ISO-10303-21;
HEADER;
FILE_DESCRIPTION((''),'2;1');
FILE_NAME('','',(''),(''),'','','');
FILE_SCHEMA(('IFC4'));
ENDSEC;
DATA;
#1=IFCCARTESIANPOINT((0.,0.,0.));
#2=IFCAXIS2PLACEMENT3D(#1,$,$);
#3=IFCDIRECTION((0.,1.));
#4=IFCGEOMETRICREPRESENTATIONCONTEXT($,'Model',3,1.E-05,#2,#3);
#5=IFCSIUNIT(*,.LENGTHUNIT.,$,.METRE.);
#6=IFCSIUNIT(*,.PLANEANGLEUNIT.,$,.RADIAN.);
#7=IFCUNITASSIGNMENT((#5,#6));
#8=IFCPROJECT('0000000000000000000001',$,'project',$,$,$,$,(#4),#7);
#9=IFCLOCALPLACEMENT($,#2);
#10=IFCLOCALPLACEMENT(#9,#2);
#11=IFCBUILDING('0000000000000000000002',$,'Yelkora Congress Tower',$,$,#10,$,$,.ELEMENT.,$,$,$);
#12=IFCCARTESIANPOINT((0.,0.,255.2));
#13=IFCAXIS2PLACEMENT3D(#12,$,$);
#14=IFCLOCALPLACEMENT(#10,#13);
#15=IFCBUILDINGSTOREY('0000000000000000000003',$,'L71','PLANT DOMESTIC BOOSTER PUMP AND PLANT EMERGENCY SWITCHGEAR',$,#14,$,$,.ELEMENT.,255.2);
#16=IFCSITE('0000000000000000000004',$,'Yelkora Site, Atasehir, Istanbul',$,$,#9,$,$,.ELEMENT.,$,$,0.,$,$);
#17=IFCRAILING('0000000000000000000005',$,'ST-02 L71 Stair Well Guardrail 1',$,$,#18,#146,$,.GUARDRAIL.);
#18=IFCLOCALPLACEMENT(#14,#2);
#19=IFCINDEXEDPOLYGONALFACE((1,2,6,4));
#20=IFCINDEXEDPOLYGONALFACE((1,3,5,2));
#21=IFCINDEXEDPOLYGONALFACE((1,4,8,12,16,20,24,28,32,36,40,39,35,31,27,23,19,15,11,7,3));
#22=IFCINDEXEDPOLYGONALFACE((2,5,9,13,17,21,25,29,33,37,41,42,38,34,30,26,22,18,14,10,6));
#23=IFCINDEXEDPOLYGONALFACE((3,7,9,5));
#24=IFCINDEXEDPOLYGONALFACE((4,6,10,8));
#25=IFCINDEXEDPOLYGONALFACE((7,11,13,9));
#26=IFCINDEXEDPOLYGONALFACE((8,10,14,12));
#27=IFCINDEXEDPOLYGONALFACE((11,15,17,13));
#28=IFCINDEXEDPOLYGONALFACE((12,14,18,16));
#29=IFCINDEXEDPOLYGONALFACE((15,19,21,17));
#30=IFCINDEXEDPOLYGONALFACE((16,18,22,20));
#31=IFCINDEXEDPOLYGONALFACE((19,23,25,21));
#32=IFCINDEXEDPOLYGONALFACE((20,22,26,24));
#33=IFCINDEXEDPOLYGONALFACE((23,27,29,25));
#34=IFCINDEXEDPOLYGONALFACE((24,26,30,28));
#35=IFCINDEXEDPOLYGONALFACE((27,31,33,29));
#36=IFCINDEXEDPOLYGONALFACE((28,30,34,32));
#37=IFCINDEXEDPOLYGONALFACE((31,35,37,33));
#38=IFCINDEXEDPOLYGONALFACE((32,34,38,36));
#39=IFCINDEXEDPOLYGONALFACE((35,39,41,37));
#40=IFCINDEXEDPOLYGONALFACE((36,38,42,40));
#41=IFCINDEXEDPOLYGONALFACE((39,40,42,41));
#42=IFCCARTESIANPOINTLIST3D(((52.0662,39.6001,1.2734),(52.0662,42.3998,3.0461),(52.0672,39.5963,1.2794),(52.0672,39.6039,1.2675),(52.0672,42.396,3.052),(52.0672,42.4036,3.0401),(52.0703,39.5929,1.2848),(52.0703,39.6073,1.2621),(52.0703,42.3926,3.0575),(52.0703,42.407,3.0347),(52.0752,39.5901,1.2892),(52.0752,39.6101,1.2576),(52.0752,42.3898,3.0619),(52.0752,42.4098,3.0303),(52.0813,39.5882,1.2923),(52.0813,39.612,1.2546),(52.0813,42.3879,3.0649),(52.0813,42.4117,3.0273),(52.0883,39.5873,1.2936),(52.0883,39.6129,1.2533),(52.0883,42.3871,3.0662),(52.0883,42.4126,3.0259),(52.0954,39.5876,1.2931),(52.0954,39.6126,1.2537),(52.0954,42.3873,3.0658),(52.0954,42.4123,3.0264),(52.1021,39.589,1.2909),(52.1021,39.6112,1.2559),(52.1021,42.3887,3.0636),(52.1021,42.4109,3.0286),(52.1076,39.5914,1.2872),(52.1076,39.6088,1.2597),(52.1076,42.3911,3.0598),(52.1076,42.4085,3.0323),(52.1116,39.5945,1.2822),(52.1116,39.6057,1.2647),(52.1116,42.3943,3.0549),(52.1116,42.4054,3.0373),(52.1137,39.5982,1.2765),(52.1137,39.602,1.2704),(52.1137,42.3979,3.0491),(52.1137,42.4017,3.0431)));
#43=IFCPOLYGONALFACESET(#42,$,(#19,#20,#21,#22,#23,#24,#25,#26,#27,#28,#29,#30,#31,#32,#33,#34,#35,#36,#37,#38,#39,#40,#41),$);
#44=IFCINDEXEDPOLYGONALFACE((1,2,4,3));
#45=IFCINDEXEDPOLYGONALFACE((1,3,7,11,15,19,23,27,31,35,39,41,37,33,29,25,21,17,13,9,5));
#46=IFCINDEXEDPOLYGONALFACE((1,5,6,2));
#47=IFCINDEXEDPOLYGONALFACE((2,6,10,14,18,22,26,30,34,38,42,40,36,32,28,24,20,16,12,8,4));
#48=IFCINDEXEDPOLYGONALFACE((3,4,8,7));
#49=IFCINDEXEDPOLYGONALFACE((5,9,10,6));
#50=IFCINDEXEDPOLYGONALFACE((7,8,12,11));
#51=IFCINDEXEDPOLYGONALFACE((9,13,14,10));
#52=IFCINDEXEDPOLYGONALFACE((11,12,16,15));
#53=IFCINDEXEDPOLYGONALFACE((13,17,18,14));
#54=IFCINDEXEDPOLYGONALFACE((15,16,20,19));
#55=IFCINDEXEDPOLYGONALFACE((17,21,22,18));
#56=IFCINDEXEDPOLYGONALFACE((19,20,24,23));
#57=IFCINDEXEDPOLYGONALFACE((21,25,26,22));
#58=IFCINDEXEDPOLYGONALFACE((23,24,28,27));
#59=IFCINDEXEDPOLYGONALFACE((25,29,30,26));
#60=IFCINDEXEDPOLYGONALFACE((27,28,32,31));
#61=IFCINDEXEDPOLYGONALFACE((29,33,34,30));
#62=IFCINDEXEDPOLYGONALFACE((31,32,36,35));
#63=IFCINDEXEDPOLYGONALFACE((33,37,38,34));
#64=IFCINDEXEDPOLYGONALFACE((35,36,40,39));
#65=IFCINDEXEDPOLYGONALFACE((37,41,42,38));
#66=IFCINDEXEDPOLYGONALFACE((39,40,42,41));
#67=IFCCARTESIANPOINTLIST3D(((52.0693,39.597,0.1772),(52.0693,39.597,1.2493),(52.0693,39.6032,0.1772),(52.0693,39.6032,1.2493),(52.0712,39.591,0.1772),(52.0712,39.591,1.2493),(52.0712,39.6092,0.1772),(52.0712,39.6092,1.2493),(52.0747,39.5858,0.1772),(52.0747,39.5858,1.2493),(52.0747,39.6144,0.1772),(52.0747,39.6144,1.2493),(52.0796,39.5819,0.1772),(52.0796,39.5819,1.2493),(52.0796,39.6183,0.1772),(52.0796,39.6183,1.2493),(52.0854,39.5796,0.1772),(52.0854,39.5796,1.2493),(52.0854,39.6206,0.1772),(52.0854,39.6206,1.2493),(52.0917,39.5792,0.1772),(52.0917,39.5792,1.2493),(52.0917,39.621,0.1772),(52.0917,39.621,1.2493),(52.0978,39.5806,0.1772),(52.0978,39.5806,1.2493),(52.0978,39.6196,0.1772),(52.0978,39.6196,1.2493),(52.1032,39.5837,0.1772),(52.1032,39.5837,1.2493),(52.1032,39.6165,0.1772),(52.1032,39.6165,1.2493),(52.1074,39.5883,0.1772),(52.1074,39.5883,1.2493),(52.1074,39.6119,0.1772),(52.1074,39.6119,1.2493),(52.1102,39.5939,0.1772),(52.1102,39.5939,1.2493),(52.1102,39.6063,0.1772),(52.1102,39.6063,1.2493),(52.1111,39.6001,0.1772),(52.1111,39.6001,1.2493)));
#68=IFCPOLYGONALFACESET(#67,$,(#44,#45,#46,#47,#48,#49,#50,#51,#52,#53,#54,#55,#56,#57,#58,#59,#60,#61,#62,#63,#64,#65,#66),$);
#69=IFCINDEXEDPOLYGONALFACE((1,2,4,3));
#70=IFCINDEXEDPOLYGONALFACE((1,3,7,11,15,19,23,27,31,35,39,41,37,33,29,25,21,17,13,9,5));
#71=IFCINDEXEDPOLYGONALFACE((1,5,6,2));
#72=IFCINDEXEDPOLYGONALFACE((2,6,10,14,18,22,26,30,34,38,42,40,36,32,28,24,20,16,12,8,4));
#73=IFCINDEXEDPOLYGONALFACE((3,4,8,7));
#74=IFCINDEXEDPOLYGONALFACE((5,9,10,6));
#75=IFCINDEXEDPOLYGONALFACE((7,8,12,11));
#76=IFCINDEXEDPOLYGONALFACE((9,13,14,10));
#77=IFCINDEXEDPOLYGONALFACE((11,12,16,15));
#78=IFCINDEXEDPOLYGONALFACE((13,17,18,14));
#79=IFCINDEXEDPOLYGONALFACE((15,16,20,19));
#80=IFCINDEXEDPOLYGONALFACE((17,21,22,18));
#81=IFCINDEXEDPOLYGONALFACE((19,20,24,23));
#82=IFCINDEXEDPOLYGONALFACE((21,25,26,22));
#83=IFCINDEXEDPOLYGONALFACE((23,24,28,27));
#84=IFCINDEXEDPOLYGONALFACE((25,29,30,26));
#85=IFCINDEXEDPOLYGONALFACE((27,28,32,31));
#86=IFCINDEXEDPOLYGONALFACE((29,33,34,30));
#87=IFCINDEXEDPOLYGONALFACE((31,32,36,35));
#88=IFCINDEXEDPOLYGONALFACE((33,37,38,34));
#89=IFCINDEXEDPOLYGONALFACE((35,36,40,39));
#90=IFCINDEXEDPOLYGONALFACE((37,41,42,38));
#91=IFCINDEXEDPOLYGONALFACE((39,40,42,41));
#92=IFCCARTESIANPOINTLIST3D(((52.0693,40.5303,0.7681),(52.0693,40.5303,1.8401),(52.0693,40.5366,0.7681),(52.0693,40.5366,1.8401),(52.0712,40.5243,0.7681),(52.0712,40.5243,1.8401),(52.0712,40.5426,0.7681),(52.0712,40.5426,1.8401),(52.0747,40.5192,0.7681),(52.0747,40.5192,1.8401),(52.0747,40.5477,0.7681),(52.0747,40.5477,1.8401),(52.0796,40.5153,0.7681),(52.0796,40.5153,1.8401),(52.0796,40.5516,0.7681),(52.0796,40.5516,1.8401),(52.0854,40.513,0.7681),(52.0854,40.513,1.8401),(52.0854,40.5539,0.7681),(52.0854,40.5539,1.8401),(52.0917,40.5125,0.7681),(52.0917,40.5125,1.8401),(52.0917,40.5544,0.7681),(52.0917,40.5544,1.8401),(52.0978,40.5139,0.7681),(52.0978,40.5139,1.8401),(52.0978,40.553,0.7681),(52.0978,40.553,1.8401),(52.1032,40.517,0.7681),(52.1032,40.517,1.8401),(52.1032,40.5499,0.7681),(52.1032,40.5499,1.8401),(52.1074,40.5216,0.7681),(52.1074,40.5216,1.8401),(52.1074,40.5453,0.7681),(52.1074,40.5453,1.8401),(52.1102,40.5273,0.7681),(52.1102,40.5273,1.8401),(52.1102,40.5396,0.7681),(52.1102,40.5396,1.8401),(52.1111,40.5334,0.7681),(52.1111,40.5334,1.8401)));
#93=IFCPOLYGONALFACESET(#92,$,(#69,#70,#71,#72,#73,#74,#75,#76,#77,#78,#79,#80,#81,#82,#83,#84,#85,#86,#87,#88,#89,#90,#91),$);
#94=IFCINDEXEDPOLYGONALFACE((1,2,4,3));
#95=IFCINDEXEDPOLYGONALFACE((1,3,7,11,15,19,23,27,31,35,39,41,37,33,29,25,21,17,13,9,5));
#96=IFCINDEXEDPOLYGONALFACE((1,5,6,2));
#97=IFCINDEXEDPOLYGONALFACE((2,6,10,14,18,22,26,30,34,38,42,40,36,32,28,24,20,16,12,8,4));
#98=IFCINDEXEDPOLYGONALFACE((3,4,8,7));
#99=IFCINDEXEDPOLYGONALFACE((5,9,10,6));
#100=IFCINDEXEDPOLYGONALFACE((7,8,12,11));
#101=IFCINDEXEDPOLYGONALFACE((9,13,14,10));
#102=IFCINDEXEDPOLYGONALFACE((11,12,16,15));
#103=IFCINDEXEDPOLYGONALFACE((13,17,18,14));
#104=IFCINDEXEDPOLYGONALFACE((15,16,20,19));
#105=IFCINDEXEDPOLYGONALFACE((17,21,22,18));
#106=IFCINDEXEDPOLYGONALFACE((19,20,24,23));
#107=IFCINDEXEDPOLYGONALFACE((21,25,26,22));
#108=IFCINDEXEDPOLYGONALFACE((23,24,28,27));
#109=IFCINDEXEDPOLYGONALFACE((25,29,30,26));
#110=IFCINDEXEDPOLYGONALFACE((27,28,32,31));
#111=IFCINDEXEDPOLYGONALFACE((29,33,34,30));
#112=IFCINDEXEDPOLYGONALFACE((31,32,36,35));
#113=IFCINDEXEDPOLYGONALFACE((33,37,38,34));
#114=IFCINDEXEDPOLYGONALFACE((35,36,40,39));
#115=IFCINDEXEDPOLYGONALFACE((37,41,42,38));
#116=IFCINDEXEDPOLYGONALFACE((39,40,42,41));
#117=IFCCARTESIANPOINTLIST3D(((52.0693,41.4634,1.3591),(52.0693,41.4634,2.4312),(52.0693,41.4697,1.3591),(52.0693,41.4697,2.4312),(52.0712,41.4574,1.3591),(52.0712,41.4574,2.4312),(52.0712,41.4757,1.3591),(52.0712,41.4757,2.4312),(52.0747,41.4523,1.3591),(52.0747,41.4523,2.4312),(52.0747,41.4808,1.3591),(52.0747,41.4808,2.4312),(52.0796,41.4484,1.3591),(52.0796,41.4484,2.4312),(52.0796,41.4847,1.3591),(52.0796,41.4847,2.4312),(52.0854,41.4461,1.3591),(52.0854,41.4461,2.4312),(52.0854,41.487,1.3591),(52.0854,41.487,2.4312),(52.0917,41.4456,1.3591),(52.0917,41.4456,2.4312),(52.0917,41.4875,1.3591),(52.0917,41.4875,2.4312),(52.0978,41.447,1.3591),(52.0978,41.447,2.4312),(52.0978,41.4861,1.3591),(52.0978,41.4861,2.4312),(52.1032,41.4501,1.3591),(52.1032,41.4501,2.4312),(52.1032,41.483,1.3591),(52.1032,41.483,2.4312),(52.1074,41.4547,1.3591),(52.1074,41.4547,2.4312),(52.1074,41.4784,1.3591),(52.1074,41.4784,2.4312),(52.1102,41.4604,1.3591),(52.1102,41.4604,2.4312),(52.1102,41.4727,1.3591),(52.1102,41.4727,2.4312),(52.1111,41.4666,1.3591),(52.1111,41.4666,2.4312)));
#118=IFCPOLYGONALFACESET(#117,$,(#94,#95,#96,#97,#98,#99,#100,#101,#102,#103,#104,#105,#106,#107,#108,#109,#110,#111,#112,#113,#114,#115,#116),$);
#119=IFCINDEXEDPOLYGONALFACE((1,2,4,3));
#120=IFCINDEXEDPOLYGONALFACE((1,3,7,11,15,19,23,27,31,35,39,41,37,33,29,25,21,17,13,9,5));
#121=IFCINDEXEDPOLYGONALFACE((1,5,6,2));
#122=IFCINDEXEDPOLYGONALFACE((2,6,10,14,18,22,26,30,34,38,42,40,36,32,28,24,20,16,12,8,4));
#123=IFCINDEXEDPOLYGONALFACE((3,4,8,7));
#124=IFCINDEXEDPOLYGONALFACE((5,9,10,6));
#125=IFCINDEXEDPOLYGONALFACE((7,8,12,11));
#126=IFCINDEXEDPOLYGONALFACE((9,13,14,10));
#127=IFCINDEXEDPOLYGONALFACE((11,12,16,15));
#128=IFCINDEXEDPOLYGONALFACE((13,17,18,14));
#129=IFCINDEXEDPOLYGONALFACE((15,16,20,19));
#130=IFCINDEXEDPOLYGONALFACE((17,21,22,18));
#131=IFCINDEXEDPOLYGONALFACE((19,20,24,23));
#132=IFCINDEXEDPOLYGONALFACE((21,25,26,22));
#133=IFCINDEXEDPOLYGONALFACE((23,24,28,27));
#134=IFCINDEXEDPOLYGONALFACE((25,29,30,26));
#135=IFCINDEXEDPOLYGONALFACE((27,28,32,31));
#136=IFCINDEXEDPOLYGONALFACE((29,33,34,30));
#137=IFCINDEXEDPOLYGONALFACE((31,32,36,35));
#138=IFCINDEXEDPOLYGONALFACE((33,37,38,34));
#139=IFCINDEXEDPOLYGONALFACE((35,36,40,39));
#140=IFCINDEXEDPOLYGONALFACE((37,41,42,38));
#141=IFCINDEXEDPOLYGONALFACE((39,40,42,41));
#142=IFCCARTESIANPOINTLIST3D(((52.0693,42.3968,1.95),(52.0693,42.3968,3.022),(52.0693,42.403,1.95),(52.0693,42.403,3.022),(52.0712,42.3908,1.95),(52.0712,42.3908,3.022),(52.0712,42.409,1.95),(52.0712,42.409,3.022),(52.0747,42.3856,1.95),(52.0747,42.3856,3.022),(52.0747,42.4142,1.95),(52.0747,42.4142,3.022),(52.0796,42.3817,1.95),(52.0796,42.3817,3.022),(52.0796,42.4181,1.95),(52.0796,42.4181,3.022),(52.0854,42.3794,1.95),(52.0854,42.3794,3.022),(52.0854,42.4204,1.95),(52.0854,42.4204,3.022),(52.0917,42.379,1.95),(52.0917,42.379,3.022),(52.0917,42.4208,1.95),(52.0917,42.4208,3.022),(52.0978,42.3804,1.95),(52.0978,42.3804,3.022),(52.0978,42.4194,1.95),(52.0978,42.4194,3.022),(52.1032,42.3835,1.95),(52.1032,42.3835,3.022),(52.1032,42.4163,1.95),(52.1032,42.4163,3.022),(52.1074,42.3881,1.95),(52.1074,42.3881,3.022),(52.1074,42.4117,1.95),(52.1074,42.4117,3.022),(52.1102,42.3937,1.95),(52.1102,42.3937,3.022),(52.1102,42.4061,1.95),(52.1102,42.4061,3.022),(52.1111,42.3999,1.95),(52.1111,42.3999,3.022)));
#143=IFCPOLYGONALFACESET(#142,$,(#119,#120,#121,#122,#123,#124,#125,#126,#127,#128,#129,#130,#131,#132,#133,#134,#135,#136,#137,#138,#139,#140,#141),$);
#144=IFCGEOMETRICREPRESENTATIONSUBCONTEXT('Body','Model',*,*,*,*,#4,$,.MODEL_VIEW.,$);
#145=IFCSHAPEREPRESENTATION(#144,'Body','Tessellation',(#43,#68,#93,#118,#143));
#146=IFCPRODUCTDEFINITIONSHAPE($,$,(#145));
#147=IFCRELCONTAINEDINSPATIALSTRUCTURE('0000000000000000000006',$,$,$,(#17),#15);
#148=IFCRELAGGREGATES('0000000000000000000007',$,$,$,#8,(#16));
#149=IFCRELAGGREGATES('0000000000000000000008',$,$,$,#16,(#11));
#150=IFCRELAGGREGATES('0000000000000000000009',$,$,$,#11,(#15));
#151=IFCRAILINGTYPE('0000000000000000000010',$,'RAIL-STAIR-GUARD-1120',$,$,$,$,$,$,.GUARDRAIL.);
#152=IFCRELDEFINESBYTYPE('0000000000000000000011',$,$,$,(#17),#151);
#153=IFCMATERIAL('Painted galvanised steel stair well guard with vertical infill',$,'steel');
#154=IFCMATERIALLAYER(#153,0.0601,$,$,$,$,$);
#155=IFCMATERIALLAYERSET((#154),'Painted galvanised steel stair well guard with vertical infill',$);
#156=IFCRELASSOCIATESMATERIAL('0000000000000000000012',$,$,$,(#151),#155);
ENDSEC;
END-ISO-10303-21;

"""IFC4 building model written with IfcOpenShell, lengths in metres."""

from ifc_helpers import new_model, si_unit, direction, frame, origin, origin_2d, place, context, subcontext, project, spatial, circle, extrude, material, layer, layer_set, type_object, element, save


model = new_model("IFC4")

# Units and contexts
model_context = context("Model", 3, precision=1e-05, world=origin(), true_north=direction((0.0, 1.0)))
body_context = subcontext(model_context, "Body", "Model", "MODEL_VIEW")
ifc_project = project(units=[si_unit("LENGTHUNIT", "METRE"), si_unit("PLANEANGLEUNIT", "RADIAN")], contexts=[model_context])

# Site, building, storey
site_placement = place(None, origin())
site = spatial("IfcSite", under=ifc_project, at=site_placement, Name="Yelkora Site, Atasehir, Istanbul", CompositionType="ELEMENT", RefElevation=0.0)
building_placement = place(site_placement, origin())
building = spatial("IfcBuilding", under=site, at=building_placement, Name="Yelkora Congress Tower", CompositionType="ELEMENT")
storey_placement = place(building_placement, frame((0.0, 0.0, 255.2)))
storey = spatial("IfcBuildingStorey", under=building, at=storey_placement, Name="L71", Description="PLANT DOMESTIC BOOSTER PUMP AND PLANT EMERGENCY SWITCHGEAR", CompositionType="ELEMENT", Elevation=255.2)

# Railing
ifc_material_1 = material(Name="Painted galvanised steel stair well guard with vertical infill", Category="steel")
ifc_layer_1 = layer(ifc_material_1, 0.0601)
ifc_layer_set_1 = layer_set([ifc_layer_1], Name="Painted galvanised steel stair well guard with vertical infill")
railing_type_1 = type_object("IfcRailingType", Name="RAIL-STAIR-GUARD-1120", PredefinedType="GUARDRAIL", material=ifc_layer_set_1)
railing_1_placement = place(storey_placement, frame((52.0901, 39.6001, 0.1772)))
element("IfcRailing", 1, at=railing_1_placement, inside=storey, type_object=railing_type_1, Name="ST-02 L71 Stair Well Guardrail 1", PredefinedType="GUARDRAIL", context=body_context, shape_type="SweptSolid", body=[
    extrude(circle(Radius=0.0239, at=origin_2d()), frame((0.0, 0.0, 1.0962), z_axis=(0.0, 0.844888, 0.534943), x_axis=(-1.0, 0.0, 0.0)), (0.0, 0.0, 1.0), 3.3137),
    extrude(circle(Radius=0.021, at=origin_2d()), origin(), (0.0, 0.0, 1.0), 1.072),
    extrude(circle(Radius=0.021, at=origin_2d()), frame((0.0, 0.9333, 0.5908)), (0.0, 0.0, 1.0), 1.072),
    extrude(circle(Radius=0.021, at=origin_2d()), frame((0.0, 1.8665, 1.1819)), (0.0, 0.0, 1.0), 1.072),
    extrude(circle(Radius=0.021, at=origin_2d()), frame((0.0, 2.7998, 1.7727)), (0.0, 0.0, 1.0), 1.072),
])

save(model, "model.ifc")
